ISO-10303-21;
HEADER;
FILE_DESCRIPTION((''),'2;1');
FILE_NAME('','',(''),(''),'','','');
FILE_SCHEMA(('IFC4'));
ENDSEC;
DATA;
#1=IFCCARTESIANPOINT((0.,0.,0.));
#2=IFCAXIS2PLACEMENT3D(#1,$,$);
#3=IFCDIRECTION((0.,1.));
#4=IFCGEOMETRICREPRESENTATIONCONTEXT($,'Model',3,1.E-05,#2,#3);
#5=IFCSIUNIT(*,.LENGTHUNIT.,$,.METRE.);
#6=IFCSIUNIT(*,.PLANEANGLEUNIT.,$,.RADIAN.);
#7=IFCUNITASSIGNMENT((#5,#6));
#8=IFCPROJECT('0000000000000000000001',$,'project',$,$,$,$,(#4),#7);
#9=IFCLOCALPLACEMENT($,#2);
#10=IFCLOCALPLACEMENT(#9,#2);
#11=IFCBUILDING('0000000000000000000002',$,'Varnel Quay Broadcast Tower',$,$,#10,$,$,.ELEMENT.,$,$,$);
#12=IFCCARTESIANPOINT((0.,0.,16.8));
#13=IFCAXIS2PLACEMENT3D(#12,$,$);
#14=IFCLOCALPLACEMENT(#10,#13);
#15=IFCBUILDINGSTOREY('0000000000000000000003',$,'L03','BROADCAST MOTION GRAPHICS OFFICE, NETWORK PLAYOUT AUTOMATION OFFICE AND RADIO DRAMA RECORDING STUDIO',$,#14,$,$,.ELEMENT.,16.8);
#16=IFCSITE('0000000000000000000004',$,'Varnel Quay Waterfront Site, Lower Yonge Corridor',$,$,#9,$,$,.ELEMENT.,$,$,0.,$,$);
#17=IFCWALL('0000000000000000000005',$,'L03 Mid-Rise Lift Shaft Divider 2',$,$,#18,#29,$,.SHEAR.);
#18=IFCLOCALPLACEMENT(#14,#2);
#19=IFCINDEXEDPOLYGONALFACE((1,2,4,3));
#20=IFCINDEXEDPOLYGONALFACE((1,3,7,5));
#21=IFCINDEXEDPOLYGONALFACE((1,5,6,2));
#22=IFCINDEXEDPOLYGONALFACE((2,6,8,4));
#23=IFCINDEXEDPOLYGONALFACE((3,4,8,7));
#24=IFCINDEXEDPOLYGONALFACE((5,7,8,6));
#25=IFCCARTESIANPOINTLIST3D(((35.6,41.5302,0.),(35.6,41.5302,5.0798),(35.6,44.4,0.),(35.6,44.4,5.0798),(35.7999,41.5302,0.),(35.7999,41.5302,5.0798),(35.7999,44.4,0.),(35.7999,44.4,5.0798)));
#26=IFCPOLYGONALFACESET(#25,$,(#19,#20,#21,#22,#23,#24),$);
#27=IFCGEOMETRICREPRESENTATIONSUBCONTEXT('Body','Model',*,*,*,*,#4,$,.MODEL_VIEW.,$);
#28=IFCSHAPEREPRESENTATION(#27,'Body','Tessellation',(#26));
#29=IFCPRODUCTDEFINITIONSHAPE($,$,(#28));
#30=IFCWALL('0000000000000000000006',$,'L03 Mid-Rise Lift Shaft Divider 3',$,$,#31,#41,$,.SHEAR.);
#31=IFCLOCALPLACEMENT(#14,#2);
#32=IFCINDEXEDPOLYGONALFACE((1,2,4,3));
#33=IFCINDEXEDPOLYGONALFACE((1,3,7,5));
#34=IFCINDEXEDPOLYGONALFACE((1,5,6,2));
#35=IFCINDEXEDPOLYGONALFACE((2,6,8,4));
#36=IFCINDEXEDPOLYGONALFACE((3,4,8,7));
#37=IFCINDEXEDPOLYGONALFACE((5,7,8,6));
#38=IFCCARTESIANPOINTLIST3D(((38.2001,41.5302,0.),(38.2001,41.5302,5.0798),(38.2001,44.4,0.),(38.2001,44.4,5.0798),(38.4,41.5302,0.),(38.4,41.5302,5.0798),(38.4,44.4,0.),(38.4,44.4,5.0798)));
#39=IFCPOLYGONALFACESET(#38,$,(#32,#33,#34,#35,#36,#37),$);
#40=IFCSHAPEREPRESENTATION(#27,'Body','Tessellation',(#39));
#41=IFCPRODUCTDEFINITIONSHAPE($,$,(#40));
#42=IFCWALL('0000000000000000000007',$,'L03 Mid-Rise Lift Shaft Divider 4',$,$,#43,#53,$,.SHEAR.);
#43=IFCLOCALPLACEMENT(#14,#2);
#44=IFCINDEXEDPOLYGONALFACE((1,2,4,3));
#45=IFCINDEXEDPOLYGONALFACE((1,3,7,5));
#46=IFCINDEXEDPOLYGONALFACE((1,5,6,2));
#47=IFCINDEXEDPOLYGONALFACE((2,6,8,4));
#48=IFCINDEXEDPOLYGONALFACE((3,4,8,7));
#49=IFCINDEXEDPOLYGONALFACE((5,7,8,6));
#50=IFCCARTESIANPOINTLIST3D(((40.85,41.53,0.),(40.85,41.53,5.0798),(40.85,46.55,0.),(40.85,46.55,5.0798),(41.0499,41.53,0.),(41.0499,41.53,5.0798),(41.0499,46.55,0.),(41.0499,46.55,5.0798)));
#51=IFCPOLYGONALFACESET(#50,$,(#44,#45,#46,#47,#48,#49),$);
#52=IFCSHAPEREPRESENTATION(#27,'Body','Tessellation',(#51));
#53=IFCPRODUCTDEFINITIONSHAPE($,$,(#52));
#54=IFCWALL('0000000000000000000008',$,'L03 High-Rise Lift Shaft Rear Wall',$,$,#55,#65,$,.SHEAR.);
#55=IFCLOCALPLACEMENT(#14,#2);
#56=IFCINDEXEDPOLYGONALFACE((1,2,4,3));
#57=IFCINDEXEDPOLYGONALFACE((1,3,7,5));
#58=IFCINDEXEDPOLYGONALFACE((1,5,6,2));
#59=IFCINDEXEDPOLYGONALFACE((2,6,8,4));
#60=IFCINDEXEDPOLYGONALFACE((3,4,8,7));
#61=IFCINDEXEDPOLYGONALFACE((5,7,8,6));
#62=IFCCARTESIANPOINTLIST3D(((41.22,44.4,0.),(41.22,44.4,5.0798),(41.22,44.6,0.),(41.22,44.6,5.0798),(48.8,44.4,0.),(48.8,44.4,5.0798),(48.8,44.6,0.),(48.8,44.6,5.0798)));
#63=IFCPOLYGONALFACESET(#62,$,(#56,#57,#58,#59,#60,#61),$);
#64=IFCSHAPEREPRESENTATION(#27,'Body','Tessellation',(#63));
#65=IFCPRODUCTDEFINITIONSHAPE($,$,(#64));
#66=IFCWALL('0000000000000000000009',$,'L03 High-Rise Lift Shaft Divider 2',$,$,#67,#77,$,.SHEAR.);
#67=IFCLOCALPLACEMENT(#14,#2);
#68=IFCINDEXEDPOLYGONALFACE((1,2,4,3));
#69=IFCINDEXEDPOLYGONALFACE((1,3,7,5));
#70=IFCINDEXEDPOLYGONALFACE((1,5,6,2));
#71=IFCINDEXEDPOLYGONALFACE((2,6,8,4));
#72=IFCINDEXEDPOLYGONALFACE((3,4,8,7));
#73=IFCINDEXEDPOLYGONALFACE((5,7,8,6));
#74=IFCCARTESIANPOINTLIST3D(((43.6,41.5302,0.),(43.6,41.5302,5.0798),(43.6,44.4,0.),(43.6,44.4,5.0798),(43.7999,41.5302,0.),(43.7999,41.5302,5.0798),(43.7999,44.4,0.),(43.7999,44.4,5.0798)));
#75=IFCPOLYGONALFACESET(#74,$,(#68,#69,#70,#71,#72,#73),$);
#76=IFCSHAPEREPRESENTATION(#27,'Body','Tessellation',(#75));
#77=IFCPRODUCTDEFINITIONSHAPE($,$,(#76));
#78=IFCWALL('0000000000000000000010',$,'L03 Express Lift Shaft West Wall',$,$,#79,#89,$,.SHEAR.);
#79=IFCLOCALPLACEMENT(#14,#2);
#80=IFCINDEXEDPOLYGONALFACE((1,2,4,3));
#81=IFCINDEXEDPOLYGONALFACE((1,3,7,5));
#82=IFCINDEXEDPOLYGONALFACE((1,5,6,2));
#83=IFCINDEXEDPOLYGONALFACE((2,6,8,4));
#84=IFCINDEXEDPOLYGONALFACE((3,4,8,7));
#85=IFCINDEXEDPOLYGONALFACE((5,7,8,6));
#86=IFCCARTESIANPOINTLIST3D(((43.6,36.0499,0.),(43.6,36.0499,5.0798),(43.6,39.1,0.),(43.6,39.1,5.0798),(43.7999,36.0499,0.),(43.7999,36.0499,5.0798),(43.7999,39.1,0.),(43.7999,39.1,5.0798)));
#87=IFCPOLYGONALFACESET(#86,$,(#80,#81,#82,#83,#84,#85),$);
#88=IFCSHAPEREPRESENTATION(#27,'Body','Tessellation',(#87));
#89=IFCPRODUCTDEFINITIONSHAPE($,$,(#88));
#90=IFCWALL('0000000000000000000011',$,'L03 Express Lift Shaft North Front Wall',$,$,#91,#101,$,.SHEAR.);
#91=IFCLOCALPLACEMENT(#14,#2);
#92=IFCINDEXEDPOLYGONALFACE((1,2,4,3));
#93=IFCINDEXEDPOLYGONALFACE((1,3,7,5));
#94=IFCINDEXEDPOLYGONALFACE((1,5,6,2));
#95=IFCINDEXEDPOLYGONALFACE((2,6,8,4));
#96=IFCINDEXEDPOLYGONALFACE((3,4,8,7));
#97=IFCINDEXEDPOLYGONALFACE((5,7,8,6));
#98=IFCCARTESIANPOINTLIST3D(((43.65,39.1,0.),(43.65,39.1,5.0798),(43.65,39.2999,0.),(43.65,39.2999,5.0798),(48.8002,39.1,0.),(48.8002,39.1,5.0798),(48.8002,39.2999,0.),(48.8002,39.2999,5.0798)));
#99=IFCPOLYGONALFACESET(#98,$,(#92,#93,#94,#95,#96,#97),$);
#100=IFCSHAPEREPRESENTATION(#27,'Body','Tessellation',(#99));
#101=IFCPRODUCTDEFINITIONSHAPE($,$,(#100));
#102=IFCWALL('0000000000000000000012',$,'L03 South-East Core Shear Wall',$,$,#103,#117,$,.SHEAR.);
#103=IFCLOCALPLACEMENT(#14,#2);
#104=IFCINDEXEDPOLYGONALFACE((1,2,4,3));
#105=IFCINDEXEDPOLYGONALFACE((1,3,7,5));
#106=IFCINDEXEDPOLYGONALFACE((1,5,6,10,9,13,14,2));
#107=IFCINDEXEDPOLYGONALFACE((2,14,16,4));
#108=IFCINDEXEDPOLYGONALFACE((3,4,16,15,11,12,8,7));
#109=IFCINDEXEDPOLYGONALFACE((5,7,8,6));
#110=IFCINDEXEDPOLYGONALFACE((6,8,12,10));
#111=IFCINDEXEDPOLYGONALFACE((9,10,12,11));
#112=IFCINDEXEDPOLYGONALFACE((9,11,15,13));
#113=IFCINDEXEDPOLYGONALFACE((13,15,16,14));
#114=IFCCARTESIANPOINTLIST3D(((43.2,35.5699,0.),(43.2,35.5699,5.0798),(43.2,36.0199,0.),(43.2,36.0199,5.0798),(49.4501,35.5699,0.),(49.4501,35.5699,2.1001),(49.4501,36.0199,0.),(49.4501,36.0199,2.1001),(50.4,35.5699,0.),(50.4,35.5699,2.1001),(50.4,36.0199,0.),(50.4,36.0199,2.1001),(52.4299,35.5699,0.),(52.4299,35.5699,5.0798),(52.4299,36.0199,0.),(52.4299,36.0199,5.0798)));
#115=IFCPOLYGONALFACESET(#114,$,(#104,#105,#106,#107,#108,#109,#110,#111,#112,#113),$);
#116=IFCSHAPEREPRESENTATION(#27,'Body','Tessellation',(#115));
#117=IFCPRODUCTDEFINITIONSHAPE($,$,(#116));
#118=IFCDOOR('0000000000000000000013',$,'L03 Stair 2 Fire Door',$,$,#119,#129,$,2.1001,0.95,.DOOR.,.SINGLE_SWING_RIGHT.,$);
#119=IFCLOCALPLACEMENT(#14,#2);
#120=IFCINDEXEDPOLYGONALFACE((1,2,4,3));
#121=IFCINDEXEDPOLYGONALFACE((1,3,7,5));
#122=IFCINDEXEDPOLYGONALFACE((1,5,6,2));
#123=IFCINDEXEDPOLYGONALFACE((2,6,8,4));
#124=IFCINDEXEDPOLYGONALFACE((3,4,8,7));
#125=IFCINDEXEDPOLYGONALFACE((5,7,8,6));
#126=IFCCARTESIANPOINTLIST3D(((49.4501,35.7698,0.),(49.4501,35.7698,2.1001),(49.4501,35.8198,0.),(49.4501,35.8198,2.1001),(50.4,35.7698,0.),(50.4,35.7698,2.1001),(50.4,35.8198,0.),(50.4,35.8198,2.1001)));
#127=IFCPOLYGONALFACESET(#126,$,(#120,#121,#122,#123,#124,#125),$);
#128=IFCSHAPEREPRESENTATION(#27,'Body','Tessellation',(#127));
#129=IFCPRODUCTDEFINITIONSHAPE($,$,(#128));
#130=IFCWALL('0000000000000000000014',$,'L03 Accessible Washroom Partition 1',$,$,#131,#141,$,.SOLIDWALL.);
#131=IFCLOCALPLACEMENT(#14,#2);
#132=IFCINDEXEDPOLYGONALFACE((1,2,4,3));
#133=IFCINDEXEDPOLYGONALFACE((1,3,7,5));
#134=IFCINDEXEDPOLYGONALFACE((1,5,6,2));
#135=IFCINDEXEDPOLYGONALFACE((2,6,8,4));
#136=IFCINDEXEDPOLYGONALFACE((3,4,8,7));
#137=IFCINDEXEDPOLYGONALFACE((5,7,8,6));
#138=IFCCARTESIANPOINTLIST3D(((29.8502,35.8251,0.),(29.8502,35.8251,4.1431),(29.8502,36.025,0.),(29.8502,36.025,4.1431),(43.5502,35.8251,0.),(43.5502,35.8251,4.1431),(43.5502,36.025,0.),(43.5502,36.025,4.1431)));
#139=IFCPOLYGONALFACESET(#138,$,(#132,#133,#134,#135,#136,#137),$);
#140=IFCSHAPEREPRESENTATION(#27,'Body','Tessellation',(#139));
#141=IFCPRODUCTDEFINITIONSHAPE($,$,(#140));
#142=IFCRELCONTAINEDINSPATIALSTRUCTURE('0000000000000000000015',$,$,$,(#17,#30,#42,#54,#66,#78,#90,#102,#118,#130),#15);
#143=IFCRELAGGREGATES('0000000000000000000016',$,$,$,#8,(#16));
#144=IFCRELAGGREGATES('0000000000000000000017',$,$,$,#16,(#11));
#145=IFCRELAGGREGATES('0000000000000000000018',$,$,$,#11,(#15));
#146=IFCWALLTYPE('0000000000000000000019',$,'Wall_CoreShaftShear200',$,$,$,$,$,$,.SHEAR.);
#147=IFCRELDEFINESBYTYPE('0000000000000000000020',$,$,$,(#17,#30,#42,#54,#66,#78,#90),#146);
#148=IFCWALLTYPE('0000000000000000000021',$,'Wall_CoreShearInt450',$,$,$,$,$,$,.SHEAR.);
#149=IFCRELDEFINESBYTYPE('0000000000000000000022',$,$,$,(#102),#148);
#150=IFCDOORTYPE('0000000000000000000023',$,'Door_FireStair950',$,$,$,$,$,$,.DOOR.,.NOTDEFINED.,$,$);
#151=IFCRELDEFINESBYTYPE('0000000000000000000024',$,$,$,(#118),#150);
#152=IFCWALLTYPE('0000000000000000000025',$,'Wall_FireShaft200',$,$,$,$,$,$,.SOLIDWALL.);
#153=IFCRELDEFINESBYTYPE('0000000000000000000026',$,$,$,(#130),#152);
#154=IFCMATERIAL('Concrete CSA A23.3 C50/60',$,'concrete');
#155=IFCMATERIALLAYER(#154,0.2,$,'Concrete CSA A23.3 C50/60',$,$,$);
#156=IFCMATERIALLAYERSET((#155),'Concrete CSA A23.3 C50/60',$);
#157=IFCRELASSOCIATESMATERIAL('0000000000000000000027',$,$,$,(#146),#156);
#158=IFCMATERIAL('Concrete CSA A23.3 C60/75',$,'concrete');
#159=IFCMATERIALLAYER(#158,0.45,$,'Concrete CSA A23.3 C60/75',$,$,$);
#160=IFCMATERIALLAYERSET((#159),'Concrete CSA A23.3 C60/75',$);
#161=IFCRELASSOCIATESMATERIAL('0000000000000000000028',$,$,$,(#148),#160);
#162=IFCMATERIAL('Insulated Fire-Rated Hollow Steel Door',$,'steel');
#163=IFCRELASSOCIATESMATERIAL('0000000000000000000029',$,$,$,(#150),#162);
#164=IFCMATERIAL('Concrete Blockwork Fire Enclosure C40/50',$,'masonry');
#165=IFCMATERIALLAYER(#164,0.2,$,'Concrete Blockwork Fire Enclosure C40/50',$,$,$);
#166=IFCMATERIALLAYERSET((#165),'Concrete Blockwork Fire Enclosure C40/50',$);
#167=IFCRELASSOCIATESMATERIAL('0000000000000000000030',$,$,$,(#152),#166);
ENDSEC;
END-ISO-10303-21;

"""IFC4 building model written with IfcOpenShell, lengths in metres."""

from ifc_helpers import new_model, si_unit, direction, frame, frame_2d, origin, place, context, subcontext, project, spatial, rectangle, extrude, source, transform, mapped, material, layer, layer_set, type_object, type_shapes, element, fill, save


model = new_model("IFC4")

# Units and contexts
model_context = context("Model", 3, precision=1e-05, world=origin(), true_north=direction((0.0, 1.0)))
body_context = subcontext(model_context, "Body", "Model", "MODEL_VIEW")
ifc_project = project(units=[si_unit("LENGTHUNIT", "METRE"), si_unit("PLANEANGLEUNIT", "RADIAN")], contexts=[model_context])

# Site, building, storey
site_placement = place(None, origin())
site = spatial("IfcSite", under=ifc_project, at=site_placement, Name="Varnel Quay Waterfront Site, Lower Yonge Corridor", CompositionType="ELEMENT", RefElevation=0.0)
building_placement = place(site_placement, origin())
building = spatial("IfcBuilding", under=site, at=building_placement, Name="Varnel Quay Broadcast Tower", CompositionType="ELEMENT")
storey_placement = place(building_placement, frame((0.0, 0.0, 16.8)))
storey = spatial("IfcBuildingStorey", under=building, at=storey_placement, Name="L03", Description="BROADCAST MOTION GRAPHICS OFFICE, NETWORK PLAYOUT AUTOMATION OFFICE AND RADIO DRAMA RECORDING STUDIO", CompositionType="ELEMENT", Elevation=16.8)

# Walls
ifc_material_1 = material(Name="Concrete CSA A23.3 C50/60", Category="concrete")
ifc_layer_1 = layer(ifc_material_1, 0.2, Name="Concrete CSA A23.3 C50/60")
ifc_layer_set_1 = layer_set([ifc_layer_1], Name="Concrete CSA A23.3 C50/60")
wall_type_1 = type_object("IfcWallType", Name="Wall_CoreShaftShear200", PredefinedType="SHEAR", material=ifc_layer_set_1)
for number, where, z_axis, x_axis, name in (
    (1, (35.7, 41.53, 0.0), (0.0, 0.0, 1.0), (0.0, 1.0, 0.0), "L03 Mid-Rise Lift Shaft Divider 2"),
    (2, (38.3, 41.53, 0.0), (0.0, 0.0, 1.0), (0.0, 1.0, 0.0), "L03 Mid-Rise Lift Shaft Divider 3"),
):
    element("IfcWall", number, at=place(storey_placement, frame(where, z_axis=z_axis, x_axis=x_axis)), inside=storey, type_object=wall_type_1, Name=name, PredefinedType="SHEAR", context=body_context, shape_type="SweptSolid", body=[
        extrude(rectangle(XDim=2.8699, YDim=0.2, at=frame_2d((1.4351, 0.0))), origin(), (0.0, 0.0, 1.0), 5.0798),
    ])
wall_1_placement = place(storey_placement, frame((40.95, 41.53, 0.0), z_axis=(0.0, 0.0, 1.0), x_axis=(0.0, 1.0, 0.0)))
element("IfcWall", 3, at=wall_1_placement, inside=storey, type_object=wall_type_1, Name="L03 Mid-Rise Lift Shaft Divider 4", PredefinedType="SHEAR", context=body_context, shape_type="SweptSolid", body=[
    extrude(rectangle(XDim=5.02, YDim=0.2, at=frame_2d((2.51, 0.0))), origin(), (0.0, 0.0, 1.0), 5.0798),
])
wall_2_placement = place(storey_placement, frame((41.22, 44.5, 0.0), z_axis=(0.0, 0.0, 1.0), x_axis=(1.0, 0.0, 0.0)))
element("IfcWall", 4, at=wall_2_placement, inside=storey, type_object=wall_type_1, Name="L03 High-Rise Lift Shaft Rear Wall", PredefinedType="SHEAR", context=body_context, shape_type="SweptSolid", body=[
    extrude(rectangle(XDim=7.5801, YDim=0.2, at=frame_2d((3.79, 0.0))), origin(), (0.0, 0.0, 1.0), 5.0798),
])
wall_3_placement = place(storey_placement, frame((43.7, 41.53, 0.0), z_axis=(0.0, 0.0, 1.0), x_axis=(0.0, 1.0, 0.0)))
element("IfcWall", 5, at=wall_3_placement, inside=storey, type_object=wall_type_1, Name="L03 High-Rise Lift Shaft Divider 2", PredefinedType="SHEAR", context=body_context, shape_type="SweptSolid", body=[
    extrude(rectangle(XDim=2.8699, YDim=0.2, at=frame_2d((1.4351, 0.0))), origin(), (0.0, 0.0, 1.0), 5.0798),
])
wall_4_placement = place(storey_placement, frame((43.7, 36.05, 0.0), z_axis=(0.0, 0.0, 1.0), x_axis=(0.0, 1.0, 0.0)))
element("IfcWall", 6, at=wall_4_placement, inside=storey, type_object=wall_type_1, Name="L03 Express Lift Shaft West Wall", PredefinedType="SHEAR", context=body_context, shape_type="SweptSolid", body=[
    extrude(rectangle(XDim=3.05, YDim=0.2, at=frame_2d((1.5249, 0.0))), origin(), (0.0, 0.0, 1.0), 5.0798),
])
wall_5_placement = place(storey_placement, frame((43.6499, 39.2, 0.0), z_axis=(0.0, 0.0, 1.0), x_axis=(1.0, 0.0, 0.0)))
element("IfcWall", 7, at=wall_5_placement, inside=storey, type_object=wall_type_1, Name="L03 Express Lift Shaft North Front Wall", PredefinedType="SHEAR", context=body_context, shape_type="SweptSolid", body=[
    extrude(rectangle(XDim=5.1501, YDim=0.2, at=frame_2d((2.5752, 0.0))), origin(), (0.0, 0.0, 1.0), 5.0798),
])

# Wall, opening, door
ifc_material_2 = material(Name="Concrete CSA A23.3 C60/75", Category="concrete")
ifc_layer_2 = layer(ifc_material_2, 0.45, Name="Concrete CSA A23.3 C60/75")
ifc_layer_set_2 = layer_set([ifc_layer_2], Name="Concrete CSA A23.3 C60/75")
wall_type_2 = type_object("IfcWallType", Name="Wall_CoreShearInt450", PredefinedType="SHEAR", material=ifc_layer_set_2)
wall_6_placement = place(storey_placement, frame((43.2, 35.7949, 0.0), z_axis=(0.0, 0.0, 1.0), x_axis=(1.0, 0.0, 0.0)))
wall_6 = element("IfcWall", 8, at=wall_6_placement, inside=storey, type_object=wall_type_2, Name="L03 South-East Core Shear Wall", PredefinedType="SHEAR", context=body_context, shape_type="SweptSolid", body=[
    extrude(rectangle(XDim=9.23, YDim=0.45, at=frame_2d((4.615, 0.0))), origin(), (0.0, 0.0, 1.0), 5.0798),
])
opening_1_placement = place(wall_6_placement, frame((6.25, 0.0, 0.0)))
opening_1 = element("IfcOpeningElement", 9, at=opening_1_placement, cuts=wall_6, PredefinedType="OPENING", context=body_context, shape_type="SweptSolid", body=[
    extrude(rectangle(XDim=0.95, YDim=2.1001, at=frame_2d((0.4751, 1.05))), frame((0.0, 0.2349, 0.0), z_axis=(0.0, -1.0, 0.0), x_axis=(1.0, 0.0, 0.0)), (0.0, 0.0, 1.0), 0.47),
])
ifc_material_3 = material(Name="Insulated Fire-Rated Hollow Steel Door", Category="steel")
door_type_1 = type_object("IfcDoorType", Name="Door_FireStair950", OperationType="NOTDEFINED", PredefinedType="DOOR", material=ifc_material_3)
shared_shape_1 = source(origin(), body_context, "Body", "SweptSolid", [
    extrude(rectangle(XDim=0.95, YDim=2.1001, at=frame_2d((0.4751, 1.05))), frame((0.0, 0.0249, 0.0), z_axis=(0.0, -1.0, 0.0), x_axis=(1.0, 0.0, 0.0)), (0.0, 0.0, 1.0), 0.05),
])
type_shapes(door_type_1, [shared_shape_1])
door_1_placement = place(opening_1_placement, origin())
door_1 = element("IfcDoor", 10, at=door_1_placement, inside=storey, type_object=door_type_1, Name="L03 Stair 2 Fire Door", OperationType="SINGLE_SWING_RIGHT", OverallHeight=2.1001, OverallWidth=0.95, PredefinedType="DOOR", context=body_context, shape_type="MappedRepresentation", body=[
    mapped(shared_shape_1, transform((0.0, 0.0, 0.0), x_axis=(1.0, 0.0, 0.0), y_axis=(0.0, 1.0, 0.0), z_axis=(0.0, 0.0, 1.0), scale=1.0)),
])
fill(opening_1, door_1)

# Wall
ifc_material_4 = material(Name="Concrete Blockwork Fire Enclosure C40/50", Category="masonry")
ifc_layer_3 = layer(ifc_material_4, 0.2, Name="Concrete Blockwork Fire Enclosure C40/50")
ifc_layer_set_3 = layer_set([ifc_layer_3], Name="Concrete Blockwork Fire Enclosure C40/50")
wall_type_3 = type_object("IfcWallType", Name="Wall_FireShaft200", PredefinedType="SOLIDWALL", material=ifc_layer_set_3)
wall_7_placement = place(storey_placement, frame((29.8501, 35.925, 0.0), z_axis=(0.0, 0.0, 1.0), x_axis=(1.0, 0.0, 0.0)))
element("IfcWall", 11, at=wall_7_placement, inside=storey, type_object=wall_type_3, Name="L03 Accessible Washroom Partition 1", PredefinedType="SOLIDWALL", context=body_context, shape_type="SweptSolid", body=[
    extrude(rectangle(XDim=13.7, YDim=0.2, at=frame_2d((6.8501, 0.0))), origin(), (0.0, 0.0, 1.0), 4.1431),
])

save(model, "model.ifc")
